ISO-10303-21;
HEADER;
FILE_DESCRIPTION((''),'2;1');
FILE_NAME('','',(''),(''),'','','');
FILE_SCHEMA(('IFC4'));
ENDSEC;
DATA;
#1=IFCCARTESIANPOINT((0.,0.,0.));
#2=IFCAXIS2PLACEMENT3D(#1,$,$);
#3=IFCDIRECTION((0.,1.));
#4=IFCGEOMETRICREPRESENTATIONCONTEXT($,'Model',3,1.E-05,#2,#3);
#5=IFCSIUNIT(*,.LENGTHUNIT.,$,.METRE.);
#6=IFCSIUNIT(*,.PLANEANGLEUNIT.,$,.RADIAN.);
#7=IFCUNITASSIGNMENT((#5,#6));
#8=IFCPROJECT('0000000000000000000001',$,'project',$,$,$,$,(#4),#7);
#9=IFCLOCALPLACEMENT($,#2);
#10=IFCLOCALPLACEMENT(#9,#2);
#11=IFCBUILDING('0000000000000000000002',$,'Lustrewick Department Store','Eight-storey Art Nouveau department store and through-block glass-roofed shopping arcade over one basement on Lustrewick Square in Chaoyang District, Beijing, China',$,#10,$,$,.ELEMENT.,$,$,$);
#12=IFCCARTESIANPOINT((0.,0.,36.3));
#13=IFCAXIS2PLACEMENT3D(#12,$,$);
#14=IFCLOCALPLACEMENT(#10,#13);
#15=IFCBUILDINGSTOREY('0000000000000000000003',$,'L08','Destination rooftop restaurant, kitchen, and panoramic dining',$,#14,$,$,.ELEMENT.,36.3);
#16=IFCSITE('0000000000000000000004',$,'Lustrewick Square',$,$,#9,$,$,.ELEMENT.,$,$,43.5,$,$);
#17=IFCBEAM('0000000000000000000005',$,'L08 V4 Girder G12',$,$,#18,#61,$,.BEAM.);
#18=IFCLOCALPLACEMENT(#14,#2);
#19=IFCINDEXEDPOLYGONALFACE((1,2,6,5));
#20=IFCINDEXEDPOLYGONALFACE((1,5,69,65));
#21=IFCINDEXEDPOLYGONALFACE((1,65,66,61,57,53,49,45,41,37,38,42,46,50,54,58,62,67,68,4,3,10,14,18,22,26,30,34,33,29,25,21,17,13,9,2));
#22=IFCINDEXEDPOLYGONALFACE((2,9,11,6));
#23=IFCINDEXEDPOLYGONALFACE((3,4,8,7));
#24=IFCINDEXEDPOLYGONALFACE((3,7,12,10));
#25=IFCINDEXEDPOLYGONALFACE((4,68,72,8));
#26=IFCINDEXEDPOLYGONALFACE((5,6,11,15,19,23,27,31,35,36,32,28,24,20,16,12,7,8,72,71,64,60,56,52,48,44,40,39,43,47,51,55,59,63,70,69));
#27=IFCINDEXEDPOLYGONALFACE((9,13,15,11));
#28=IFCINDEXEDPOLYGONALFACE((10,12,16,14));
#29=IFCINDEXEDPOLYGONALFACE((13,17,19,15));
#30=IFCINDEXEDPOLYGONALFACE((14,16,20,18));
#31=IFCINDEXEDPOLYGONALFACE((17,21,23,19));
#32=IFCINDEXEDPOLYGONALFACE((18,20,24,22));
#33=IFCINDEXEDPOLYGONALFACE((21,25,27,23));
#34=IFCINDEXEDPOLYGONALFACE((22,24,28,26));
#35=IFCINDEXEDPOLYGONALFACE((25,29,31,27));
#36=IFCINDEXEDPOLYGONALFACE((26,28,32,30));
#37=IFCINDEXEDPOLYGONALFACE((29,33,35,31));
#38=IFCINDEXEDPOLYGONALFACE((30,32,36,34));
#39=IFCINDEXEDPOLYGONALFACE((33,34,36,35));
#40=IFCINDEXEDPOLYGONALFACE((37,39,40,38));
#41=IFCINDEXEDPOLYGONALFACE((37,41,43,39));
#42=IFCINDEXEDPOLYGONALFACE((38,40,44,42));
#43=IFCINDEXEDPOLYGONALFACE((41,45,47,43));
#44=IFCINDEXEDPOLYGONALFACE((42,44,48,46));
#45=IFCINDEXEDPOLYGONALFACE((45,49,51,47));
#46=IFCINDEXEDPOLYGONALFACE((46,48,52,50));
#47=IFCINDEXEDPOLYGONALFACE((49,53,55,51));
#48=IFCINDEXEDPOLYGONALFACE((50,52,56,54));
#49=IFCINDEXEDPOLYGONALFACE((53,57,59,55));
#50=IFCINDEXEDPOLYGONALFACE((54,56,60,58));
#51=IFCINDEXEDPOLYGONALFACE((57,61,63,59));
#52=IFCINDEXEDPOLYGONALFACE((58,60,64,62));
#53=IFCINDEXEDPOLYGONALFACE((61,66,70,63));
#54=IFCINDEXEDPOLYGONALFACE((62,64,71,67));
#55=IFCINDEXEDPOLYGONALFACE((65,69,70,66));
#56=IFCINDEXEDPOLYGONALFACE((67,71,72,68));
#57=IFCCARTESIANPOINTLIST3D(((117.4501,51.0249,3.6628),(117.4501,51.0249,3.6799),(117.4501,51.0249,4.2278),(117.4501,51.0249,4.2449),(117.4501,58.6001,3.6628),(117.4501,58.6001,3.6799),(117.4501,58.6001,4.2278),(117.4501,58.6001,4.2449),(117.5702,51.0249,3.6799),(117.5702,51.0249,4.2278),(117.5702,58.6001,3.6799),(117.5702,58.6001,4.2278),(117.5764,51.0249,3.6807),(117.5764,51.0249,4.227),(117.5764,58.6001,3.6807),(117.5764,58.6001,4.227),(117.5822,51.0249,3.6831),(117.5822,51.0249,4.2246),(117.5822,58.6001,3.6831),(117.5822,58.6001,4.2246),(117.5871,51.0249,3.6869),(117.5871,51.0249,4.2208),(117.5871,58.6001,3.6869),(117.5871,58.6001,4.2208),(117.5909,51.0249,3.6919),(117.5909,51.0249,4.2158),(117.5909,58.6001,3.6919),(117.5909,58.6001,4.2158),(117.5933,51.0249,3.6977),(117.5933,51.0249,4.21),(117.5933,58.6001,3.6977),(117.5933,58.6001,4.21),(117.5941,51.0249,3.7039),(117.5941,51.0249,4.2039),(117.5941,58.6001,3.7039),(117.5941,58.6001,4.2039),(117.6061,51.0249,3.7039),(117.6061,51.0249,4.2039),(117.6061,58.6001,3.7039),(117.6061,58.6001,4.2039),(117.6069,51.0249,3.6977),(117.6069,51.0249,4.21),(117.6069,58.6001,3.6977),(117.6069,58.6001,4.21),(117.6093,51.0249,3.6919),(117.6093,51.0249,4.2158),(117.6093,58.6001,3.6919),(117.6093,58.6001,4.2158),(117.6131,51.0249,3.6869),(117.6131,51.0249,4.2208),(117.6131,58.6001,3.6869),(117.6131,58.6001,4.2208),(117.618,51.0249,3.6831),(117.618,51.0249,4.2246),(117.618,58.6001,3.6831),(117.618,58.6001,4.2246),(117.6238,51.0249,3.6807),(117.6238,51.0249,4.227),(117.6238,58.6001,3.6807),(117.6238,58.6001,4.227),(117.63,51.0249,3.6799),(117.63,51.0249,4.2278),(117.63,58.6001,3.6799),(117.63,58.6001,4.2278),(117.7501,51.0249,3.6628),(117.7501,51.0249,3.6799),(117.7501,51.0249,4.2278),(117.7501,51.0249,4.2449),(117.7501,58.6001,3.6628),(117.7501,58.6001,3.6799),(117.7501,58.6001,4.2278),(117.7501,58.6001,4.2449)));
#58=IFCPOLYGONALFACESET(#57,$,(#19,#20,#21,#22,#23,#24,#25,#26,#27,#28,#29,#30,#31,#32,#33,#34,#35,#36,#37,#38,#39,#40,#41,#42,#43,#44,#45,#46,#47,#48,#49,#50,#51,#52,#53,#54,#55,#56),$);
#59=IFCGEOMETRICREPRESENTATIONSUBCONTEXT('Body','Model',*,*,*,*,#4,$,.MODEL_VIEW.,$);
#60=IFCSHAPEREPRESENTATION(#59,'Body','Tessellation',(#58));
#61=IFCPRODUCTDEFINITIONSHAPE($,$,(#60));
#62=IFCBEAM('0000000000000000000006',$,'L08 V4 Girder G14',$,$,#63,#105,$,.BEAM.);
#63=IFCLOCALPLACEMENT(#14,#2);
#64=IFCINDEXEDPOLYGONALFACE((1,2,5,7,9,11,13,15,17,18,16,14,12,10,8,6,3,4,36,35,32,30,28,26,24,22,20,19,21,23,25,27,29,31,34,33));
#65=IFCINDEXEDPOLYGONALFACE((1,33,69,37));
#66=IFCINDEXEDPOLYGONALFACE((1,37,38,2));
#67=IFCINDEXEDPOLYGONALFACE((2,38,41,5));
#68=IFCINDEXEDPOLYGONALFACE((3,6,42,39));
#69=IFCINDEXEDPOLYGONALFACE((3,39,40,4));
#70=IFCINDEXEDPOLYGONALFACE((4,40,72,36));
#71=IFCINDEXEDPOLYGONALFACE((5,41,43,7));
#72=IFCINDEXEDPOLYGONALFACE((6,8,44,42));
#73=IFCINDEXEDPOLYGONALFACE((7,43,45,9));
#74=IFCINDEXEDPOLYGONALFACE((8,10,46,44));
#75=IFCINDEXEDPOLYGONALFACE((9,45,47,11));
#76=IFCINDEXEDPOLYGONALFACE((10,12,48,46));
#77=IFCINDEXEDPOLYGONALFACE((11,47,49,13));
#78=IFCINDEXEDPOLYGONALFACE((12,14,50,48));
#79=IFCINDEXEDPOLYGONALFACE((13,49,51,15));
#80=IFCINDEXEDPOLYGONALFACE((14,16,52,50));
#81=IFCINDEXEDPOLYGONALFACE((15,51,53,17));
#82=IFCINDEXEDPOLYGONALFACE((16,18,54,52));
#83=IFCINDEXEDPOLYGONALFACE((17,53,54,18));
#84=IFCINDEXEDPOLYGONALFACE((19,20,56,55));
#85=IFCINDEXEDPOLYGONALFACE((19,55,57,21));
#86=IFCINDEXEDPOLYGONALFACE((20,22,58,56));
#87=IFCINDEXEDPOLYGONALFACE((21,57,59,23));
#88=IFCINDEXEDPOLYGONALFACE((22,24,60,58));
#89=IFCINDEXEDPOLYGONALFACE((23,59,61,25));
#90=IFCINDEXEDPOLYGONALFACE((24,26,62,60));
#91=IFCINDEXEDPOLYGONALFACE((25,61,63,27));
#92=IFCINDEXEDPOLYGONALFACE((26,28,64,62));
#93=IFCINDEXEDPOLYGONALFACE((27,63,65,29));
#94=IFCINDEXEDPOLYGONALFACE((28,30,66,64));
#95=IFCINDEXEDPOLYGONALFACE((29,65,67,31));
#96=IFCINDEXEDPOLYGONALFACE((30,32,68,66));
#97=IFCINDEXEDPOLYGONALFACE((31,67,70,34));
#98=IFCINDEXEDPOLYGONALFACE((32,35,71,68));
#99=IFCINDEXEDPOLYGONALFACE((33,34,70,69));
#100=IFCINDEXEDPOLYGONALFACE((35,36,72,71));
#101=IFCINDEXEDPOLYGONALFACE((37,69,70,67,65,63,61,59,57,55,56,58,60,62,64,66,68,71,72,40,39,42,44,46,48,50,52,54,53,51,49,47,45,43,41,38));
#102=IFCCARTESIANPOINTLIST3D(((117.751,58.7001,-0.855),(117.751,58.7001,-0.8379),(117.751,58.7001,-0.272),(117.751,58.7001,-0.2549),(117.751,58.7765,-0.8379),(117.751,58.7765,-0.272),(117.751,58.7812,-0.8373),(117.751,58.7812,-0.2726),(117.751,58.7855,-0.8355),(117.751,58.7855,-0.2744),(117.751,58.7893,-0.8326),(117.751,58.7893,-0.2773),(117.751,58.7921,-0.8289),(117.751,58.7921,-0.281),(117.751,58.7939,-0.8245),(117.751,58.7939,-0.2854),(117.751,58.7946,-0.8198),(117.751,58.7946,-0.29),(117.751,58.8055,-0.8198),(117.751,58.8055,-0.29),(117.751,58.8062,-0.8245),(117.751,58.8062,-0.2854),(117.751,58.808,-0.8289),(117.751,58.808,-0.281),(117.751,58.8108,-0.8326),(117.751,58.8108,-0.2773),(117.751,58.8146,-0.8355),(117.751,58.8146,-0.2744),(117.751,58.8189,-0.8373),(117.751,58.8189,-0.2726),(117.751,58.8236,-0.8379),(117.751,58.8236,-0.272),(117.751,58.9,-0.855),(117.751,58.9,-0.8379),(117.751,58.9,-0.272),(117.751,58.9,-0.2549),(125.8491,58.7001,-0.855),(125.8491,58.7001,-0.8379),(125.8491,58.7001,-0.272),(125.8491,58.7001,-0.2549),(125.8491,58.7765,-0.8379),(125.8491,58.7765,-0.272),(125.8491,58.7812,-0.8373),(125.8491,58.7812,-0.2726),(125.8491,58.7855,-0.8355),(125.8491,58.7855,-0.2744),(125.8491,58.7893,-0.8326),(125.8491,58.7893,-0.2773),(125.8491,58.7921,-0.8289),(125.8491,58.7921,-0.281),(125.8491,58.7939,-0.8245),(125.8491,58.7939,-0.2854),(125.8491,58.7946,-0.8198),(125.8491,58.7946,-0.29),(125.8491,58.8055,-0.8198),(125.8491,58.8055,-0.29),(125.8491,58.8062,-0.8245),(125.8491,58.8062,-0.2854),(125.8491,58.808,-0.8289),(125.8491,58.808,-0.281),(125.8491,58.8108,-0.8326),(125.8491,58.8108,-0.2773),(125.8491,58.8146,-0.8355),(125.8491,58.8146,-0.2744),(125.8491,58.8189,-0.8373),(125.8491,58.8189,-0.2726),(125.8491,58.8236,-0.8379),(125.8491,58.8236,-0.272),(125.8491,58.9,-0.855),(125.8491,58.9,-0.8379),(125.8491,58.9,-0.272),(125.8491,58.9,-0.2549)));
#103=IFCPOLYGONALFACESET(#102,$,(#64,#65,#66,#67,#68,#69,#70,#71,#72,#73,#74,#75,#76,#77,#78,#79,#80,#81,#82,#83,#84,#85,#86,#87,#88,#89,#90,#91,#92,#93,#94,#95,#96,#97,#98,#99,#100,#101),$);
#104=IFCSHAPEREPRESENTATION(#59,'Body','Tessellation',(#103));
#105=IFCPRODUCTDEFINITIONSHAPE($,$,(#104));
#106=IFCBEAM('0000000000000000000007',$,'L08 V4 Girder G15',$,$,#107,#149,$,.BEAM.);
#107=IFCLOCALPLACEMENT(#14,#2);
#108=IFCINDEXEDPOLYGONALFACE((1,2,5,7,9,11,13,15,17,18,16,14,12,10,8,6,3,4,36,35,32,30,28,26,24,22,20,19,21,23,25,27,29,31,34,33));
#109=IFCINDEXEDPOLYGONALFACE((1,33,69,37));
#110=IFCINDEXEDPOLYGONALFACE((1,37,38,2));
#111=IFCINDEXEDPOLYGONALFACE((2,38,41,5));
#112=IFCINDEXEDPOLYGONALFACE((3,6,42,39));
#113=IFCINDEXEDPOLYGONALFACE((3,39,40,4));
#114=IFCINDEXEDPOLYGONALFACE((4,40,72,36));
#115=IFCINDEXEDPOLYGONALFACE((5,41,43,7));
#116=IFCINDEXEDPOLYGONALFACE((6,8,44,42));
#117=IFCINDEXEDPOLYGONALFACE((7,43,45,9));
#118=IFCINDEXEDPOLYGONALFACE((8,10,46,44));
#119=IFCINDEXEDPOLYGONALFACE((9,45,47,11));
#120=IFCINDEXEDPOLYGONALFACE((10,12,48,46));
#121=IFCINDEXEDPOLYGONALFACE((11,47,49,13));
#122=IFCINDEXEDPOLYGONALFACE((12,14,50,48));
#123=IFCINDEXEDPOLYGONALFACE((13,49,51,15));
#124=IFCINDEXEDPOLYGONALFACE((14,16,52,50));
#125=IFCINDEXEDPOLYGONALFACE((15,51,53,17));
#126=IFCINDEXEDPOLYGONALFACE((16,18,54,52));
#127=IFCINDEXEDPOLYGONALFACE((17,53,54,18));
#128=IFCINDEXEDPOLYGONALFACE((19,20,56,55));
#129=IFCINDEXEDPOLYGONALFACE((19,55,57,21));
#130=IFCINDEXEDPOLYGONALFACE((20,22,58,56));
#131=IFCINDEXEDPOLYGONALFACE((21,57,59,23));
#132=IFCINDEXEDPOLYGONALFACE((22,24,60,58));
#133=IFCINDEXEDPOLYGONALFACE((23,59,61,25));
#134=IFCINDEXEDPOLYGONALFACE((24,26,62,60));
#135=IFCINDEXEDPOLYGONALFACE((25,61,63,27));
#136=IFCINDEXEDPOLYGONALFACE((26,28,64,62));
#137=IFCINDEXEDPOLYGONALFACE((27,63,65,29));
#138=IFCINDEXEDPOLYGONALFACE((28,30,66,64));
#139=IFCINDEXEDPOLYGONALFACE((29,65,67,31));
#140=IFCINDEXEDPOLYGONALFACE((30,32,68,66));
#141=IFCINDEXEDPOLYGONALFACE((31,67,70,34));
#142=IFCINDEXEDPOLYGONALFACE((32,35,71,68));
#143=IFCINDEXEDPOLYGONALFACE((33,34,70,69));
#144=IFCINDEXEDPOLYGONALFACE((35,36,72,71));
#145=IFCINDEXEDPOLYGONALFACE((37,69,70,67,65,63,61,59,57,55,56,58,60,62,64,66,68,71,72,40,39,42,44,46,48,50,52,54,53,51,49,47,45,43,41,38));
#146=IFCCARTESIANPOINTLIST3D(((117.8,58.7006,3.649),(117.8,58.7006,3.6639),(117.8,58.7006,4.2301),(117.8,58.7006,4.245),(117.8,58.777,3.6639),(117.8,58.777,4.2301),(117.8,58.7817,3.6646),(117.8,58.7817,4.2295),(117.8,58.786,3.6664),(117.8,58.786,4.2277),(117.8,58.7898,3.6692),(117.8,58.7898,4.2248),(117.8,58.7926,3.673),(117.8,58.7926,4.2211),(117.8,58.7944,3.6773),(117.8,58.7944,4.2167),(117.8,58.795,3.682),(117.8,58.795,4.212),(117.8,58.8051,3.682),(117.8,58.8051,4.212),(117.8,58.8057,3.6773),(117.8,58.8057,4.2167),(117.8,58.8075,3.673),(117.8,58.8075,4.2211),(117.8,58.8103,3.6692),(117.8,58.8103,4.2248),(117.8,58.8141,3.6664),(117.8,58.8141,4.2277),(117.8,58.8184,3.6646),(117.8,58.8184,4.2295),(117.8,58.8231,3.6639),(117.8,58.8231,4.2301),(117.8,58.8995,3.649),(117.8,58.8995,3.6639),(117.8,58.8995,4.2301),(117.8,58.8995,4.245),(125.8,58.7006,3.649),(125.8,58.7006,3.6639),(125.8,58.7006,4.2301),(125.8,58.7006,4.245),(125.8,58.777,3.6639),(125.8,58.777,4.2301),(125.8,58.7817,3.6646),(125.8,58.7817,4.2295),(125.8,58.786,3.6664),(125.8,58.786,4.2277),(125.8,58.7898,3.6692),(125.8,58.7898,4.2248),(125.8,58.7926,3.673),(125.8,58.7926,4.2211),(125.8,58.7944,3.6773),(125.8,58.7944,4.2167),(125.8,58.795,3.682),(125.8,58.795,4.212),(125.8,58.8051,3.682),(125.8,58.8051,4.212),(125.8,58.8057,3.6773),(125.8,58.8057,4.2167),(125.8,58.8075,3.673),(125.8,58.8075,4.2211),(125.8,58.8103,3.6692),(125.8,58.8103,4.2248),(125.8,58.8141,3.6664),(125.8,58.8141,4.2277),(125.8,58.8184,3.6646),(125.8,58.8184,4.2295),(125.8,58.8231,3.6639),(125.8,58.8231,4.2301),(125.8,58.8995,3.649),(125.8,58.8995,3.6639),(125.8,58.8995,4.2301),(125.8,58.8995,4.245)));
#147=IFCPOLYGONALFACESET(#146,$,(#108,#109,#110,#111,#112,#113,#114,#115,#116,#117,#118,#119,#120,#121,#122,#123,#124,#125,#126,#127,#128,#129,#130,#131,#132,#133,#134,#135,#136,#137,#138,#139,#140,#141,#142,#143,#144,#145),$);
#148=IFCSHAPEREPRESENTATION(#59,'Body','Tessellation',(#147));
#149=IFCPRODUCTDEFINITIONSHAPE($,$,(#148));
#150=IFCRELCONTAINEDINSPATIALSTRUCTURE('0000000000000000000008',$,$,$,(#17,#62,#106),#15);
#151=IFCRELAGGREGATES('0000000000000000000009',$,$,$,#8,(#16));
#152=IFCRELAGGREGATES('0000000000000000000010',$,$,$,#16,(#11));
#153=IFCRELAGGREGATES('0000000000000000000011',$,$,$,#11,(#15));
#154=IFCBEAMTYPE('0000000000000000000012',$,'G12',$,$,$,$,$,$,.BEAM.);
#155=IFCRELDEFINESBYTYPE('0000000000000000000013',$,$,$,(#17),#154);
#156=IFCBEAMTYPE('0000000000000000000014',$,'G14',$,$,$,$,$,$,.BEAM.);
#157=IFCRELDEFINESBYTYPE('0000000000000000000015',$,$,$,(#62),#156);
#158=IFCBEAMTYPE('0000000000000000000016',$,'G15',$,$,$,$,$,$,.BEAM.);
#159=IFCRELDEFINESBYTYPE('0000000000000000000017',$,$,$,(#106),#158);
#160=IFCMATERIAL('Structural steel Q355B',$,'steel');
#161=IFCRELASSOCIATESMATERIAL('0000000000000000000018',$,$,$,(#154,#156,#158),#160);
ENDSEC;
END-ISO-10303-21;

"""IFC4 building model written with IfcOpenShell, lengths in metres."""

from ifc_helpers import new_model, si_unit, direction, frame, origin, origin_2d, place, context, subcontext, project, spatial, i_section, extrude, material, material_profile, profile_set, type_object, element, save


model = new_model("IFC4")

# Units and contexts
model_context = context("Model", 3, precision=1e-05, world=origin(), true_north=direction((0.0, 1.0)))
body_context = subcontext(model_context, "Body", "Model", "MODEL_VIEW")
ifc_project = project(units=[si_unit("LENGTHUNIT", "METRE"), si_unit("PLANEANGLEUNIT", "RADIAN")], contexts=[model_context])

# Site, building, storey
site_placement = place(None, origin())
site = spatial("IfcSite", under=ifc_project, at=site_placement, Name="Lustrewick Square", CompositionType="ELEMENT", RefElevation=43.5)
building_placement = place(site_placement, origin())
building = spatial("IfcBuilding", under=site, at=building_placement, Name="Lustrewick Department Store", Description="Eight-storey Art Nouveau department store and through-block glass-roofed shopping arcade over one basement on Lustrewick Square in Chaoyang District, Beijing, China", CompositionType="ELEMENT")
storey_placement = place(building_placement, frame((0.0, 0.0, 36.3)))
storey = spatial("IfcBuildingStorey", under=building, at=storey_placement, Name="L08", Description="Destination rooftop restaurant, kitchen, and panoramic dining", CompositionType="ELEMENT", Elevation=36.3)

# Shared definitions
ifc_material_1 = material(Name="Structural steel Q355B", Category="steel")

# Beams
ifc_material_profile_1 = material_profile(ifc_material_1, i_section(OverallWidth=0.3, OverallDepth=0.582, WebThickness=0.012, FlangeThickness=0.0171, FilletRadius=0.0239, at=origin_2d()), Name="HM 582x300x12x17")
ifc_profile_set_1 = profile_set([ifc_material_profile_1], Name="Structural steel Q355B")
beam_type_1 = type_object("IfcBeamType", Name="G12", PredefinedType="BEAM", material=ifc_profile_set_1)
beam_1_placement = place(storey_placement, frame((117.6001, 51.0249, 3.9539), z_axis=(0.0, 1.0, 0.0), x_axis=(-1.0, 0.0, 0.0)))
element("IfcBeam", 1, at=beam_1_placement, inside=storey, type_object=beam_type_1, Name="L08 V4 Girder G12", PredefinedType="BEAM", context=body_context, shape_type="SweptSolid", body=[
    extrude(i_section(OverallWidth=0.3, OverallDepth=0.582, WebThickness=0.012, FlangeThickness=0.0171, FilletRadius=0.0239, at=origin_2d()), origin(), (0.0, 0.0, 1.0), 7.5752),
])
ifc_material_profile_2 = material_profile(ifc_material_1, i_section(OverallWidth=0.2, OverallDepth=0.6001, WebThickness=0.011, FlangeThickness=0.0171, FilletRadius=0.0181, at=origin_2d()), Name="HN 600x200x11x17")
ifc_profile_set_2 = profile_set([ifc_material_profile_2], Name="Structural steel Q355B")
beam_type_2 = type_object("IfcBeamType", Name="G14", PredefinedType="BEAM", material=ifc_profile_set_2)
beam_2_placement = place(storey_placement, frame((117.751, 58.8, -0.5549), z_axis=(1.0, 0.0, 0.0), x_axis=(0.0, 1.0, 0.0)))
element("IfcBeam", 2, at=beam_2_placement, inside=storey, type_object=beam_type_2, Name="L08 V4 Girder G14", PredefinedType="BEAM", context=body_context, shape_type="SweptSolid", body=[
    extrude(i_section(OverallWidth=0.2, OverallDepth=0.6001, WebThickness=0.011, FlangeThickness=0.0171, FilletRadius=0.0181, at=origin_2d()), origin(), (0.0, 0.0, 1.0), 8.0981),
])
ifc_material_profile_3 = material_profile(ifc_material_1, i_section(OverallWidth=0.199, OverallDepth=0.5959, WebThickness=0.01, FlangeThickness=0.0149, FilletRadius=0.0181, at=origin_2d()), Name="HN 596x199x10x15")
ifc_profile_set_3 = profile_set([ifc_material_profile_3], Name="Structural steel Q355B")
beam_type_3 = type_object("IfcBeamType", Name="G15", PredefinedType="BEAM", material=ifc_profile_set_3)
beam_3_placement = place(storey_placement, frame((117.8, 58.8, 3.947), z_axis=(1.0, 0.0, 0.0), x_axis=(0.0, 1.0, 0.0)))
element("IfcBeam", 3, at=beam_3_placement, inside=storey, type_object=beam_type_3, Name="L08 V4 Girder G15", PredefinedType="BEAM", context=body_context, shape_type="SweptSolid", body=[
    extrude(i_section(OverallWidth=0.199, OverallDepth=0.5959, WebThickness=0.01, FlangeThickness=0.0149, FilletRadius=0.0181, at=origin_2d()), origin(), (0.0, 0.0, 1.0), 8.0),
])

save(model, "model.ifc")
